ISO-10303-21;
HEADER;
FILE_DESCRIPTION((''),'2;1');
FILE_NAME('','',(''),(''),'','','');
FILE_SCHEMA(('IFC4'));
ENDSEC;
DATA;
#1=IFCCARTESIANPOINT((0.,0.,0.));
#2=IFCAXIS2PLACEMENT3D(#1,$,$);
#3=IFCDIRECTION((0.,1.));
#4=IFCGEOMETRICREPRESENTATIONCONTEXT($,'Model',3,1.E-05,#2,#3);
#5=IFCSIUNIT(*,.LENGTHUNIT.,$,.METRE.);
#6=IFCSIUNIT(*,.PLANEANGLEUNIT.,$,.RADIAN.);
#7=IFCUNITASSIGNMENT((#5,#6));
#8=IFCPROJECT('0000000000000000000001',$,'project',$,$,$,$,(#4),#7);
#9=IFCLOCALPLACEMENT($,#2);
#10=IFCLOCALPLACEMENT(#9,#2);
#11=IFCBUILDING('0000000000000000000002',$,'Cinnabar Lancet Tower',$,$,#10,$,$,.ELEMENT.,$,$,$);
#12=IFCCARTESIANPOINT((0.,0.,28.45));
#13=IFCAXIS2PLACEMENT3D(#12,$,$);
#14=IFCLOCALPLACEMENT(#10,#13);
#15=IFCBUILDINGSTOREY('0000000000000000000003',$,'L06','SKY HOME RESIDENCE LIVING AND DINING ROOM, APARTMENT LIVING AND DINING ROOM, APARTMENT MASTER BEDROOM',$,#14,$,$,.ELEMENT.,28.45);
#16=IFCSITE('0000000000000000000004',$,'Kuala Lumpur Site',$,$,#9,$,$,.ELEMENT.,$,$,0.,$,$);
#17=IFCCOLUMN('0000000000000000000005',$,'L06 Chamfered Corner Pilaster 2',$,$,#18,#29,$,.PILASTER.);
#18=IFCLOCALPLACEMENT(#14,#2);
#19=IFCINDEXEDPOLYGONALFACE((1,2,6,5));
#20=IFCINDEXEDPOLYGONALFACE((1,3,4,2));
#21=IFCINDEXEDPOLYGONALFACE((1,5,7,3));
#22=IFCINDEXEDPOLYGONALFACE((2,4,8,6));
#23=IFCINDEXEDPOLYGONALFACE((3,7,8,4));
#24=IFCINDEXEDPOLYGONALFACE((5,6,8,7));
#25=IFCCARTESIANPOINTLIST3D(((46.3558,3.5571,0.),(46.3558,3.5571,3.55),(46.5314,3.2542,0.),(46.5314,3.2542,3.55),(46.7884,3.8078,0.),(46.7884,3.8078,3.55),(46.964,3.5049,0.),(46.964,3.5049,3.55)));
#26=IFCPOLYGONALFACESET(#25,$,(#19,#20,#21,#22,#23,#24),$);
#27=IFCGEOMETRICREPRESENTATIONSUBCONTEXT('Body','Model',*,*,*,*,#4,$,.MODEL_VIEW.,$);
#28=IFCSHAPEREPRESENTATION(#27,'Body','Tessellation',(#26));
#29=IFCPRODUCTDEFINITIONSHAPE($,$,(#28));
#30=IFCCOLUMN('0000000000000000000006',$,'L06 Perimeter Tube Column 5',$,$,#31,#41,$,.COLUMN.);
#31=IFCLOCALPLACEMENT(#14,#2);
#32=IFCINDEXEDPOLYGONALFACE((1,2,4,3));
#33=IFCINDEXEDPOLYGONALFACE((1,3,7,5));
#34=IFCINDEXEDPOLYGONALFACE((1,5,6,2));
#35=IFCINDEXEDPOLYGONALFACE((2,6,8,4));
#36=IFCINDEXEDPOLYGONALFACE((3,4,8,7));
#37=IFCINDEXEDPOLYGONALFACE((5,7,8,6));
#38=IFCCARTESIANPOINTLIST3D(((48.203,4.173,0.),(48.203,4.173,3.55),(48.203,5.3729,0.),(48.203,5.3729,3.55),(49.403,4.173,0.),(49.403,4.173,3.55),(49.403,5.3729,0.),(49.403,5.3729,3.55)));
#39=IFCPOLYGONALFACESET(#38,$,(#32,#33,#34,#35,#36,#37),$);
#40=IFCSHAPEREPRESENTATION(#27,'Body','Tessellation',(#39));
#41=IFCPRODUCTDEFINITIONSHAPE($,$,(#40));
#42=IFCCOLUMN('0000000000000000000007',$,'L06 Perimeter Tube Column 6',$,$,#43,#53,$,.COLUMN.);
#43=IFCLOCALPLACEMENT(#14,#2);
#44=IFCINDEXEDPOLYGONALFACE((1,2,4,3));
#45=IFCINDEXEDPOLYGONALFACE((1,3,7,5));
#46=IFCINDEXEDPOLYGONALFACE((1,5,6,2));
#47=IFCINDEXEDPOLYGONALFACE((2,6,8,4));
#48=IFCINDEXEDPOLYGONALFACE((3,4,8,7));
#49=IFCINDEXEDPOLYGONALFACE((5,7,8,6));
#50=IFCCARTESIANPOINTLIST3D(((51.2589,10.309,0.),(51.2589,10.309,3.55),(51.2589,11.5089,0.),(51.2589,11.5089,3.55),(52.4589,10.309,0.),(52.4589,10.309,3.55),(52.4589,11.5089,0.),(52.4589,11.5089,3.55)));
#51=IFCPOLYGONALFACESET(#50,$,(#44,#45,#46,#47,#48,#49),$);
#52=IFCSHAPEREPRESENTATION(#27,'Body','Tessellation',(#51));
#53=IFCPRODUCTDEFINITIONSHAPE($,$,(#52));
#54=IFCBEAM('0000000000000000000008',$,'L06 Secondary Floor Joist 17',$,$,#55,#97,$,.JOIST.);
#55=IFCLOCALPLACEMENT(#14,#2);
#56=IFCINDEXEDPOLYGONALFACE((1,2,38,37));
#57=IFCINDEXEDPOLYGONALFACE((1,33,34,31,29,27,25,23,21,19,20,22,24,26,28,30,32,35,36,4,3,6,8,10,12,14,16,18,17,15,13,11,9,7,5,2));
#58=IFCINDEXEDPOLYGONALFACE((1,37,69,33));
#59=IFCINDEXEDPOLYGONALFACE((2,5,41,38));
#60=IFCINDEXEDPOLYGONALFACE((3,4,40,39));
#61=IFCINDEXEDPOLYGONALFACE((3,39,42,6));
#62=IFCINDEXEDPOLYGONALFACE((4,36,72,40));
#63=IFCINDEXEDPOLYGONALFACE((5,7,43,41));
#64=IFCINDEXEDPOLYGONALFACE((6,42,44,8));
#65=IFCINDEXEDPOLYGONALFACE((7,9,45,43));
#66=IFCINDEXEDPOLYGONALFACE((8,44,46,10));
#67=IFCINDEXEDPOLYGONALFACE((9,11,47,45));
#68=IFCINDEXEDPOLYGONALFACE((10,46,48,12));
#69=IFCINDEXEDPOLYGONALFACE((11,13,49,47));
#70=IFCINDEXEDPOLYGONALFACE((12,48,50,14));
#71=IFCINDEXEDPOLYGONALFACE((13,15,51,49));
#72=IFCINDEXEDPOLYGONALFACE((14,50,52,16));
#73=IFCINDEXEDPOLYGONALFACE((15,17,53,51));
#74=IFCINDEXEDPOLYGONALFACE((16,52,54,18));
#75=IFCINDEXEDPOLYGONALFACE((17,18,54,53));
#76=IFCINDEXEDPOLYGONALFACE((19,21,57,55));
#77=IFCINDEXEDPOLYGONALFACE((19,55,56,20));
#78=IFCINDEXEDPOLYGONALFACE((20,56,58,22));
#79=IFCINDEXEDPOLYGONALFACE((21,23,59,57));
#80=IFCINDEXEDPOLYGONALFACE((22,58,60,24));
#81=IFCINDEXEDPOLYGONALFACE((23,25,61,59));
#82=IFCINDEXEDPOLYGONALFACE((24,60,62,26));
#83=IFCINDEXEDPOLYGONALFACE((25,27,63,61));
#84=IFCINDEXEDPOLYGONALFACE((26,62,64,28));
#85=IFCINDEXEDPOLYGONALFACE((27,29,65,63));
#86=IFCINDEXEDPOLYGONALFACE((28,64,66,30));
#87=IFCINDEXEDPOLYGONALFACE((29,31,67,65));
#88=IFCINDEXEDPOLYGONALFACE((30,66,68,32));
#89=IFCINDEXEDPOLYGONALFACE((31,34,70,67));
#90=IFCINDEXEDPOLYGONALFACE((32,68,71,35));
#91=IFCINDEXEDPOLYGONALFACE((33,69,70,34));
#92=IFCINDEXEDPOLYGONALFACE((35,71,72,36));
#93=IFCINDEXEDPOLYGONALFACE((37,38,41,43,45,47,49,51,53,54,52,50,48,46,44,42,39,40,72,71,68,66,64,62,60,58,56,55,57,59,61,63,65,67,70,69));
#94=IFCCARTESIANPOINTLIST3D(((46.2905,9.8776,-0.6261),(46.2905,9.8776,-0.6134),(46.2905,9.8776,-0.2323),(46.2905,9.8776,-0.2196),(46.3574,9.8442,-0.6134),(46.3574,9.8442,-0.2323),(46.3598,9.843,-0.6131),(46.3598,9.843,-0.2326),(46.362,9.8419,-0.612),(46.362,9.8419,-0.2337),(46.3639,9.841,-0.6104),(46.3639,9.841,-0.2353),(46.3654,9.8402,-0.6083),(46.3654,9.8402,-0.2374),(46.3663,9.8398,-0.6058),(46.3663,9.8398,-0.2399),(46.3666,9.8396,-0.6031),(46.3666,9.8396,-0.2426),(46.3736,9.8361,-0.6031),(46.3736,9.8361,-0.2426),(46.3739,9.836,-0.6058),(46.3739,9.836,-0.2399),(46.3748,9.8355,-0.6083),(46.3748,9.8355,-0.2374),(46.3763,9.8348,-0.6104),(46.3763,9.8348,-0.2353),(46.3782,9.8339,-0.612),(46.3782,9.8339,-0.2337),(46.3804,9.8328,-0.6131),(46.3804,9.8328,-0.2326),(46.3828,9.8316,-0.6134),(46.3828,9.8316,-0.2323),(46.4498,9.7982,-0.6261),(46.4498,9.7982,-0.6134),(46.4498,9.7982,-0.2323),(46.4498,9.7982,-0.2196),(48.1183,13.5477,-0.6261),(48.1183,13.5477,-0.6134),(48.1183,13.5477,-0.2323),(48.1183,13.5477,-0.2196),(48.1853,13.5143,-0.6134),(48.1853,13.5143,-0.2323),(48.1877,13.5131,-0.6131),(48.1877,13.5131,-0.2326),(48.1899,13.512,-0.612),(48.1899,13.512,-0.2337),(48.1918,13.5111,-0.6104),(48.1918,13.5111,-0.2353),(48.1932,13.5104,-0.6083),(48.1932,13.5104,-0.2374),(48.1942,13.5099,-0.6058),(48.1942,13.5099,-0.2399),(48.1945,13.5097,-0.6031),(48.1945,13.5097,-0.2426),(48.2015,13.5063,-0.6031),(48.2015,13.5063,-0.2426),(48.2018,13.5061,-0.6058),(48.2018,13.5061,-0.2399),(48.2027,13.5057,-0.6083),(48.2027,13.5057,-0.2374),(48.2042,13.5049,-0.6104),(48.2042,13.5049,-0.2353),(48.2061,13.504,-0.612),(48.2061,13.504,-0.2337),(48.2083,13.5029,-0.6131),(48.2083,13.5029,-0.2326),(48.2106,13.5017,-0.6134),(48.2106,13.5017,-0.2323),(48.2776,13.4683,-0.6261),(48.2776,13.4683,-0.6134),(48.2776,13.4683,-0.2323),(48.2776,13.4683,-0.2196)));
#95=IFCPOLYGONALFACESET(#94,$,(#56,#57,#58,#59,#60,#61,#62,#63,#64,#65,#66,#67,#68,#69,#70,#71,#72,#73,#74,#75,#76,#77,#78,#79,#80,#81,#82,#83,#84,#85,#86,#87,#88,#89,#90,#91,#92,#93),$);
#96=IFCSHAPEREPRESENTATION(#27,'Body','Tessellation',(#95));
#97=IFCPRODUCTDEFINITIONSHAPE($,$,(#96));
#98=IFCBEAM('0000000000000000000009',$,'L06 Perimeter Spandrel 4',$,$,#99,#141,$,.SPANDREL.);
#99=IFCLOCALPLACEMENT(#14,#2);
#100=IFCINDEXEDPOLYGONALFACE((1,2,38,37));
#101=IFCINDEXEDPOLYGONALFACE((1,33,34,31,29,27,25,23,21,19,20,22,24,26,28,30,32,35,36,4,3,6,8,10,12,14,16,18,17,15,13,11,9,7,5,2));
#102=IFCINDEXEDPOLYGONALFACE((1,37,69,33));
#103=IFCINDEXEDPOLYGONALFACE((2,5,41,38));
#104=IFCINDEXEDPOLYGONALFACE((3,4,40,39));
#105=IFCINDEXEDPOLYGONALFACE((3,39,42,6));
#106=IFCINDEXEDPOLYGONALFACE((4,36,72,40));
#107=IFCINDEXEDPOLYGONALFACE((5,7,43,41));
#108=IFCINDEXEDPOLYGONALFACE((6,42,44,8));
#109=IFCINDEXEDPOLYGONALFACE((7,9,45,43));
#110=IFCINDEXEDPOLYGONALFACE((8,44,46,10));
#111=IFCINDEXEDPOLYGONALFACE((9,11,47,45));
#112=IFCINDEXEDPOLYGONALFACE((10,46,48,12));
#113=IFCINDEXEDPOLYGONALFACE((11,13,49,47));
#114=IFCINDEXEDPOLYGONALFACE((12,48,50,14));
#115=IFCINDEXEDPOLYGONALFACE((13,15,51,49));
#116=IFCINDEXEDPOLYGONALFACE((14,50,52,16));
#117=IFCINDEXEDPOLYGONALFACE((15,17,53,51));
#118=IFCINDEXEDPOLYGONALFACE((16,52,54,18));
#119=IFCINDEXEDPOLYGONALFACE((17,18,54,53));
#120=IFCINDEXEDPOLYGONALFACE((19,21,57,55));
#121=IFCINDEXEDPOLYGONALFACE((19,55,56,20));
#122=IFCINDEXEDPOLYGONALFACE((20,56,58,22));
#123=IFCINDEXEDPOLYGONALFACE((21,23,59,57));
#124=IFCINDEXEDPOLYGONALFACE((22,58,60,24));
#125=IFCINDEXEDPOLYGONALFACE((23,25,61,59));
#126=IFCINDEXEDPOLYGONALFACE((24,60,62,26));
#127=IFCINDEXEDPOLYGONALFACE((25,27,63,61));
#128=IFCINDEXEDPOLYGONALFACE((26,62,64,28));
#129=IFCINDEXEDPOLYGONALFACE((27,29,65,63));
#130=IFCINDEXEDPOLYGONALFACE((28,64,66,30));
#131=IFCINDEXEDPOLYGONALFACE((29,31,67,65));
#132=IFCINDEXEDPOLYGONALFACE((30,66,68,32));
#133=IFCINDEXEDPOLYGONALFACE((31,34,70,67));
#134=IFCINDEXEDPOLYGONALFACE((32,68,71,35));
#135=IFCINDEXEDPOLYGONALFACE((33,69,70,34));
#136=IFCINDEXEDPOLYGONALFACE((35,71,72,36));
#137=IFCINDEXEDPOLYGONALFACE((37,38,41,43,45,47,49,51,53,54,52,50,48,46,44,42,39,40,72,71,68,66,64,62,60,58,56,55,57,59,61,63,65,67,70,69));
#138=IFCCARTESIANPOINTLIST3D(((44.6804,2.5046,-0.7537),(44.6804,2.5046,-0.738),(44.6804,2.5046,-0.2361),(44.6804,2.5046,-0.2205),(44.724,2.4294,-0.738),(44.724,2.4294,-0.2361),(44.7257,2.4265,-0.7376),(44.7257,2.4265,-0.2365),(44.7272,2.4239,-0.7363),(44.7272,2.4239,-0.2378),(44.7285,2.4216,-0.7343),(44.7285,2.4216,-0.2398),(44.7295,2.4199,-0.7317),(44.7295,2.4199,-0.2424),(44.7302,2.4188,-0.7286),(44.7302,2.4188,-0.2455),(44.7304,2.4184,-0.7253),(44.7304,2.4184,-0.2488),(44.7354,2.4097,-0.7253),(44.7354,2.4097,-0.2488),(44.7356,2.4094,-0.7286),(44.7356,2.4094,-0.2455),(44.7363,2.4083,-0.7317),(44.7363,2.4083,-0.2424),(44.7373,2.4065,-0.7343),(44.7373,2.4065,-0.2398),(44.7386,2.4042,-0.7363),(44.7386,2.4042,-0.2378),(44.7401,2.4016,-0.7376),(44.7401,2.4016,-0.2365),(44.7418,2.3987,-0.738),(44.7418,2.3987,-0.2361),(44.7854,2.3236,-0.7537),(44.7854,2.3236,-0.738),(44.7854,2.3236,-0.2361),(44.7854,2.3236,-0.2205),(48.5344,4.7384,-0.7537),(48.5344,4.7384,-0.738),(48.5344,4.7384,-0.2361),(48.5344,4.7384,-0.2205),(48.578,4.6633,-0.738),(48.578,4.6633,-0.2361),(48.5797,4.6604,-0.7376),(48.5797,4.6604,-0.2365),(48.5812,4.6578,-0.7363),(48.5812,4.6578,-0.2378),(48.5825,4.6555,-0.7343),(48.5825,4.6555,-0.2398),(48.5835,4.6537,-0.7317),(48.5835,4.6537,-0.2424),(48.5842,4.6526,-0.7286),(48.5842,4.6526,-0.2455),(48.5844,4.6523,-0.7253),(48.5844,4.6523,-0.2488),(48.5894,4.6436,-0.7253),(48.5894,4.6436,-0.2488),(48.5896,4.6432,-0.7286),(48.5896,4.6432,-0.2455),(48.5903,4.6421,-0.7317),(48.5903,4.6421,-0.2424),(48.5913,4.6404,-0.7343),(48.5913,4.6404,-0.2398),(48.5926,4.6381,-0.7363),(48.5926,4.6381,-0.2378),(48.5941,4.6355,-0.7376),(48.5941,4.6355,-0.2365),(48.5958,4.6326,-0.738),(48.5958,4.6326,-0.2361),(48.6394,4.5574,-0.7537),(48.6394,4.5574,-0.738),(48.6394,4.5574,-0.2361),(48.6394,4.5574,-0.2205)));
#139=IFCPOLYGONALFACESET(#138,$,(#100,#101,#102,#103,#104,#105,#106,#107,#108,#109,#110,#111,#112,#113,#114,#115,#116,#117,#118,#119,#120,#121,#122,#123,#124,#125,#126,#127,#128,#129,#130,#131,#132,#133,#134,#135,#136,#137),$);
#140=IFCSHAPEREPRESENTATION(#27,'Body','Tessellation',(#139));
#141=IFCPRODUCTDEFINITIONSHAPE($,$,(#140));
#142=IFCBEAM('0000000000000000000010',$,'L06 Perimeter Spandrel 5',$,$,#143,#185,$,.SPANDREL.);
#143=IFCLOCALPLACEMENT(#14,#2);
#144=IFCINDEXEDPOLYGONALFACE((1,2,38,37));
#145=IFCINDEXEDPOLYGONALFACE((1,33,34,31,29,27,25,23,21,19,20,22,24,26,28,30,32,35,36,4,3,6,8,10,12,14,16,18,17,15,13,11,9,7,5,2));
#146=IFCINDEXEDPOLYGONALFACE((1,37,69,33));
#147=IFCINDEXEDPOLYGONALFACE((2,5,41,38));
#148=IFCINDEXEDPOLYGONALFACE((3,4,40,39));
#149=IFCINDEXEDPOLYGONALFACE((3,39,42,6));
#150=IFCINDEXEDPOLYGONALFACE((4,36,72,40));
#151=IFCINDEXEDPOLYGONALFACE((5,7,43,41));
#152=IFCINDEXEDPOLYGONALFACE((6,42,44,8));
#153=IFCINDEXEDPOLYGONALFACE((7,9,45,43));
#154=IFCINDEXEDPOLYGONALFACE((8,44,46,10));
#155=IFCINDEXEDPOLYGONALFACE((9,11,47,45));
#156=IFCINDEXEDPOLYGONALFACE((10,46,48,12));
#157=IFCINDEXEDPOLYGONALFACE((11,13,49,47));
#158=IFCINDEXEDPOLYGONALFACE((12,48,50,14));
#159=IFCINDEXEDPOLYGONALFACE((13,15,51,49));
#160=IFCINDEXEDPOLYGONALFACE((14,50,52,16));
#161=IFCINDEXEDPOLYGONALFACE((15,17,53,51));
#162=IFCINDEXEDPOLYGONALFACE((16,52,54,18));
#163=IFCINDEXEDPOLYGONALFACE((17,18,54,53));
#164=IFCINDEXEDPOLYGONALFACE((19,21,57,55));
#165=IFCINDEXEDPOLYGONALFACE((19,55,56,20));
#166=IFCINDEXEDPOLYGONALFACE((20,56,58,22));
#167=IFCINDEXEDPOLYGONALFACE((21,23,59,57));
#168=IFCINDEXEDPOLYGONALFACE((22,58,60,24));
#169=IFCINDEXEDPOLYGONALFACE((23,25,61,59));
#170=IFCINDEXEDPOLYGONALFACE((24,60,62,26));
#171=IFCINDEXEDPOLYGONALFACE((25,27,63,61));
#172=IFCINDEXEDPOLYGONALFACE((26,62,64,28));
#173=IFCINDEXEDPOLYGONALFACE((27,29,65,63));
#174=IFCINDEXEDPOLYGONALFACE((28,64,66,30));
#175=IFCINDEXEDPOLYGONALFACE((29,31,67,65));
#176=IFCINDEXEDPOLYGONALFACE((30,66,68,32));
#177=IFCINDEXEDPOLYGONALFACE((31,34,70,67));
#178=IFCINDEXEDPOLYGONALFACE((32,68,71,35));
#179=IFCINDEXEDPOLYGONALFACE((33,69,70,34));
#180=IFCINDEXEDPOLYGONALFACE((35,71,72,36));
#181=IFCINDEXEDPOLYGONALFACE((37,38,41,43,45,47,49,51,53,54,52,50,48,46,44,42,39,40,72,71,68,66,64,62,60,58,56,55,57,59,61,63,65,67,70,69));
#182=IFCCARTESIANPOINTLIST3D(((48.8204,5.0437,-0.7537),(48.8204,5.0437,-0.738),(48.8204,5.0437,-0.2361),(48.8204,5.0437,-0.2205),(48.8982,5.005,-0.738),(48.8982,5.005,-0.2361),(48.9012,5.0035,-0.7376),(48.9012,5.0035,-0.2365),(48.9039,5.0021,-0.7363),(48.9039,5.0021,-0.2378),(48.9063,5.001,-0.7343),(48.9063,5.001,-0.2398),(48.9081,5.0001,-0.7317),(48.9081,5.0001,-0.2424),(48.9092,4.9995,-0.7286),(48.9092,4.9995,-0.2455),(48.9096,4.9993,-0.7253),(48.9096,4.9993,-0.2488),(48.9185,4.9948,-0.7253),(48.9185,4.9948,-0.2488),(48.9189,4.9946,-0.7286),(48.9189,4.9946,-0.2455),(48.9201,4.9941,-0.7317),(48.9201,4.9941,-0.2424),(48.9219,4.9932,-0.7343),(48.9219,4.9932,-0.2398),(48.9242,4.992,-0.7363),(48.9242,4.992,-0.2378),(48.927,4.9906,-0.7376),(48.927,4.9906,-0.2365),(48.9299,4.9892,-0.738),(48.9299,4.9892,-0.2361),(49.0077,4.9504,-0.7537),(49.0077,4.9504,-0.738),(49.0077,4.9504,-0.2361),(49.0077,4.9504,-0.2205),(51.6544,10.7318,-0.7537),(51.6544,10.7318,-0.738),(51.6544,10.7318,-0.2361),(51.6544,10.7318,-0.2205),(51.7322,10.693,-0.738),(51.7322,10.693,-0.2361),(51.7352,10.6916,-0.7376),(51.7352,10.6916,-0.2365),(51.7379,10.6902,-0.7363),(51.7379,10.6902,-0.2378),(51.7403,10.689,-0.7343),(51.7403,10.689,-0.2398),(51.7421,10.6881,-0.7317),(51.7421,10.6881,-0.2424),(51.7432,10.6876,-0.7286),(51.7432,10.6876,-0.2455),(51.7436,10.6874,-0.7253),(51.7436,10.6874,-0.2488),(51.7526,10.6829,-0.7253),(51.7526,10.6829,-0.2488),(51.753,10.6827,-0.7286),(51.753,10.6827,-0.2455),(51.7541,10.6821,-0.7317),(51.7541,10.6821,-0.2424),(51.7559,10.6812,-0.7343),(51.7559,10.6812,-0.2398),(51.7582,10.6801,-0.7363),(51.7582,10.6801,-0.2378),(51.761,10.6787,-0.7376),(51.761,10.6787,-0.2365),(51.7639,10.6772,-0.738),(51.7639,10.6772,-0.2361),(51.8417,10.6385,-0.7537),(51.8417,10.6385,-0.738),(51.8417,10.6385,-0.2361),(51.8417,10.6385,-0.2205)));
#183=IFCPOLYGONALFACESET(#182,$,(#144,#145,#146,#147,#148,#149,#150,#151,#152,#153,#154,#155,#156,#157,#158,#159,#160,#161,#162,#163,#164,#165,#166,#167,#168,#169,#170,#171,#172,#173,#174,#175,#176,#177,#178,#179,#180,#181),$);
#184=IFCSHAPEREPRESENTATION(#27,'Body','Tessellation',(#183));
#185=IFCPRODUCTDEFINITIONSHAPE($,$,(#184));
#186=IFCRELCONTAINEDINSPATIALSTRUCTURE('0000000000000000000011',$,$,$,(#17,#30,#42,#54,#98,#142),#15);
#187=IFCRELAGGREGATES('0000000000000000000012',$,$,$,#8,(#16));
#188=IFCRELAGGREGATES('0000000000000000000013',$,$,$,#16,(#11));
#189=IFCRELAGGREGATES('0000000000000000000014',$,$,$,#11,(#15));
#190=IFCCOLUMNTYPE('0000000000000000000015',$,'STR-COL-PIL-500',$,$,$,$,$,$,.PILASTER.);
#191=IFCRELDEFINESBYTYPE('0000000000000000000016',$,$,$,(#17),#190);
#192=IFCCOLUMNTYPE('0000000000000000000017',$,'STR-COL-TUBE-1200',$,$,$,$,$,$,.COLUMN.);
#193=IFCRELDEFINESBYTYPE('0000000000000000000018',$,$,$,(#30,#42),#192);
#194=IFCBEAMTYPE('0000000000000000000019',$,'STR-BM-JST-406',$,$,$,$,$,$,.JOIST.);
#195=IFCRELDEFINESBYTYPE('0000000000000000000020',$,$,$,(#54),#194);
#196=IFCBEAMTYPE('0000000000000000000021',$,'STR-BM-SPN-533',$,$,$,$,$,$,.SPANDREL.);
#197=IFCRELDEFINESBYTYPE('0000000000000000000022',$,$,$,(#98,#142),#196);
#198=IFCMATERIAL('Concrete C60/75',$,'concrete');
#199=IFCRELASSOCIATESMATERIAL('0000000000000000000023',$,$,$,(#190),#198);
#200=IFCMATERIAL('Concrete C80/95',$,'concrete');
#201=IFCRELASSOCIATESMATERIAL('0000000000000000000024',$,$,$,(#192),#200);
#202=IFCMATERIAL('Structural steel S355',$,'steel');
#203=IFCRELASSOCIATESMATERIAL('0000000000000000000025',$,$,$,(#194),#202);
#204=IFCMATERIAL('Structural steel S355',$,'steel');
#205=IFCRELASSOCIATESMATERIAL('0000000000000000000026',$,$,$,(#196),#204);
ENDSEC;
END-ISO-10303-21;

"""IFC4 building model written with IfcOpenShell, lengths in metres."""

from ifc_helpers import new_model, si_unit, direction, frame, origin, origin_2d, place, context, subcontext, project, spatial, rectangle, i_section, extrude, material, material_profile, profile_set, type_object, element, save


model = new_model("IFC4")

# Units and contexts
model_context = context("Model", 3, precision=1e-05, world=origin(), true_north=direction((0.0, 1.0)))
body_context = subcontext(model_context, "Body", "Model", "MODEL_VIEW")
ifc_project = project(units=[si_unit("LENGTHUNIT", "METRE"), si_unit("PLANEANGLEUNIT", "RADIAN")], contexts=[model_context])

# Site, building, storey
site_placement = place(None, origin())
site = spatial("IfcSite", under=ifc_project, at=site_placement, Name="Kuala Lumpur Site", CompositionType="ELEMENT", RefElevation=0.0)
building_placement = place(site_placement, origin())
building = spatial("IfcBuilding", under=site, at=building_placement, Name="Cinnabar Lancet Tower", CompositionType="ELEMENT")
storey_placement = place(building_placement, frame((0.0, 0.0, 28.45)))
storey = spatial("IfcBuildingStorey", under=building, at=storey_placement, Name="L06", Description="SKY HOME RESIDENCE LIVING AND DINING ROOM, APARTMENT LIVING AND DINING ROOM, APARTMENT MASTER BEDROOM", CompositionType="ELEMENT", Elevation=28.45)

# Columns
ifc_material_1 = material(Name="Concrete C60/75", Category="concrete")
ifc_material_profile_1 = material_profile(ifc_material_1, rectangle(XDim=0.5, YDim=0.3501, at=origin_2d()), Name="RC-PIL 500x350")
ifc_profile_set_1 = profile_set([ifc_material_profile_1], Name="Concrete C60/75")
column_type_1 = type_object("IfcColumnType", Name="STR-COL-PIL-500", PredefinedType="PILASTER", material=ifc_profile_set_1)
column_placement = place(storey_placement, frame((46.6599, 3.531, 0.0), z_axis=(0.0, 0.0, 1.0), x_axis=(0.865195, 0.501435, 0.0)))
element("IfcColumn", 1, at=column_placement, inside=storey, type_object=column_type_1, Name="L06 Chamfered Corner Pilaster 2", PredefinedType="PILASTER", context=body_context, shape_type="SweptSolid", body=[
    extrude(rectangle(XDim=0.5, YDim=0.3501, at=origin_2d()), origin(), (0.0, 0.0, 1.0), 3.55),
])
ifc_material_2 = material(Name="Concrete C80/95", Category="concrete")
ifc_material_profile_2 = material_profile(ifc_material_2, rectangle(XDim=1.2, YDim=1.2, at=origin_2d()), Name="RC-COL 1200x1200")
ifc_profile_set_2 = profile_set([ifc_material_profile_2], Name="Concrete C80/95")
column_type_2 = type_object("IfcColumnType", Name="STR-COL-TUBE-1200", PredefinedType="COLUMN", material=ifc_profile_set_2)
for number, where, z_axis, x_axis, name in (
    (2, (48.803, 4.7729, 0.0), (0.0, 0.0, 1.0), (1.0, 0.0, 0.0), "L06 Perimeter Tube Column 5"),
    (3, (51.8589, 10.9089, 0.0), (0.0, 0.0, 1.0), (1.0, 0.0, 0.0), "L06 Perimeter Tube Column 6"),
):
    element("IfcColumn", number, at=place(storey_placement, frame(where, z_axis=z_axis, x_axis=x_axis)), inside=storey, type_object=column_type_2, Name=name, PredefinedType="COLUMN", context=body_context, shape_type="SweptSolid", body=[
        extrude(rectangle(XDim=1.2, YDim=1.2, at=origin_2d()), origin(), (0.0, 0.0, 1.0), 3.55),
    ])

# Beams
ifc_material_3 = material(Name="Structural steel S355", Category="steel")
ifc_material_profile_3 = material_profile(ifc_material_3, i_section(OverallWidth=0.178, OverallDepth=0.4065, WebThickness=0.0078, FlangeThickness=0.0127, FilletRadius=0.0103, at=origin_2d()), Name="UKB 406x178x60")
ifc_profile_set_3 = profile_set([ifc_material_profile_3], Name="Structural steel S355")
beam_type_1 = type_object("IfcBeamType", Name="STR-BM-JST-406", PredefinedType="JOIST", material=ifc_profile_set_3)
beam_1_placement = place(storey_placement, frame((46.3701, 9.8379, -0.4229), z_axis=(0.445808, 0.895129, 0.0), x_axis=(-0.895129, 0.445808, 0.0)))
element("IfcBeam", 4, at=beam_1_placement, inside=storey, type_object=beam_type_1, Name="L06 Secondary Floor Joist 17", PredefinedType="JOIST", context=body_context, shape_type="SweptSolid", body=[
    extrude(i_section(OverallWidth=0.178, OverallDepth=0.4065, WebThickness=0.0078, FlangeThickness=0.0127, FilletRadius=0.0103, at=origin_2d()), origin(), (0.0, 0.0, 1.0), 4.1001),
])
ifc_material_4 = material(Name="Structural steel S355", Category="steel")
ifc_material_profile_4 = material_profile(ifc_material_4, i_section(OverallWidth=0.2092, OverallDepth=0.5332, WebThickness=0.01, FlangeThickness=0.0156, FilletRadius=0.0127, at=origin_2d()), Name="UKB 533x210x92")
ifc_profile_set_4 = profile_set([ifc_material_profile_4], Name="Structural steel S355")
beam_type_2 = type_object("IfcBeamType", Name="STR-BM-SPN-533", PredefinedType="SPANDREL", material=ifc_profile_set_4)
beam_2_placement = place(storey_placement, frame((44.7329, 2.4141, -0.4871), z_axis=(0.865171, 0.501477, 0.0), x_axis=(-0.501477, 0.865171, 0.0)))
element("IfcBeam", 5, at=beam_2_placement, inside=storey, type_object=beam_type_2, Name="L06 Perimeter Spandrel 4", PredefinedType="SPANDREL", context=body_context, shape_type="SweptSolid", body=[
    extrude(i_section(OverallWidth=0.2092, OverallDepth=0.5332, WebThickness=0.01, FlangeThickness=0.0156, FilletRadius=0.0127, at=origin_2d()), origin(), (0.0, 0.0, 1.0), 4.4546),
])
beam_3_placement = place(storey_placement, frame((48.9141, 4.9971, -0.4871), z_axis=(0.445953, 0.895056, 0.0), x_axis=(-0.895056, 0.445953, 0.0)))
element("IfcBeam", 6, at=beam_3_placement, inside=storey, type_object=beam_type_2, Name="L06 Perimeter Spandrel 5", PredefinedType="SPANDREL", context=body_context, shape_type="SweptSolid", body=[
    extrude(i_section(OverallWidth=0.2092, OverallDepth=0.5332, WebThickness=0.01, FlangeThickness=0.0156, FilletRadius=0.0127, at=origin_2d()), origin(), (0.0, 0.0, 1.0), 6.355),
])

save(model, "model.ifc")
